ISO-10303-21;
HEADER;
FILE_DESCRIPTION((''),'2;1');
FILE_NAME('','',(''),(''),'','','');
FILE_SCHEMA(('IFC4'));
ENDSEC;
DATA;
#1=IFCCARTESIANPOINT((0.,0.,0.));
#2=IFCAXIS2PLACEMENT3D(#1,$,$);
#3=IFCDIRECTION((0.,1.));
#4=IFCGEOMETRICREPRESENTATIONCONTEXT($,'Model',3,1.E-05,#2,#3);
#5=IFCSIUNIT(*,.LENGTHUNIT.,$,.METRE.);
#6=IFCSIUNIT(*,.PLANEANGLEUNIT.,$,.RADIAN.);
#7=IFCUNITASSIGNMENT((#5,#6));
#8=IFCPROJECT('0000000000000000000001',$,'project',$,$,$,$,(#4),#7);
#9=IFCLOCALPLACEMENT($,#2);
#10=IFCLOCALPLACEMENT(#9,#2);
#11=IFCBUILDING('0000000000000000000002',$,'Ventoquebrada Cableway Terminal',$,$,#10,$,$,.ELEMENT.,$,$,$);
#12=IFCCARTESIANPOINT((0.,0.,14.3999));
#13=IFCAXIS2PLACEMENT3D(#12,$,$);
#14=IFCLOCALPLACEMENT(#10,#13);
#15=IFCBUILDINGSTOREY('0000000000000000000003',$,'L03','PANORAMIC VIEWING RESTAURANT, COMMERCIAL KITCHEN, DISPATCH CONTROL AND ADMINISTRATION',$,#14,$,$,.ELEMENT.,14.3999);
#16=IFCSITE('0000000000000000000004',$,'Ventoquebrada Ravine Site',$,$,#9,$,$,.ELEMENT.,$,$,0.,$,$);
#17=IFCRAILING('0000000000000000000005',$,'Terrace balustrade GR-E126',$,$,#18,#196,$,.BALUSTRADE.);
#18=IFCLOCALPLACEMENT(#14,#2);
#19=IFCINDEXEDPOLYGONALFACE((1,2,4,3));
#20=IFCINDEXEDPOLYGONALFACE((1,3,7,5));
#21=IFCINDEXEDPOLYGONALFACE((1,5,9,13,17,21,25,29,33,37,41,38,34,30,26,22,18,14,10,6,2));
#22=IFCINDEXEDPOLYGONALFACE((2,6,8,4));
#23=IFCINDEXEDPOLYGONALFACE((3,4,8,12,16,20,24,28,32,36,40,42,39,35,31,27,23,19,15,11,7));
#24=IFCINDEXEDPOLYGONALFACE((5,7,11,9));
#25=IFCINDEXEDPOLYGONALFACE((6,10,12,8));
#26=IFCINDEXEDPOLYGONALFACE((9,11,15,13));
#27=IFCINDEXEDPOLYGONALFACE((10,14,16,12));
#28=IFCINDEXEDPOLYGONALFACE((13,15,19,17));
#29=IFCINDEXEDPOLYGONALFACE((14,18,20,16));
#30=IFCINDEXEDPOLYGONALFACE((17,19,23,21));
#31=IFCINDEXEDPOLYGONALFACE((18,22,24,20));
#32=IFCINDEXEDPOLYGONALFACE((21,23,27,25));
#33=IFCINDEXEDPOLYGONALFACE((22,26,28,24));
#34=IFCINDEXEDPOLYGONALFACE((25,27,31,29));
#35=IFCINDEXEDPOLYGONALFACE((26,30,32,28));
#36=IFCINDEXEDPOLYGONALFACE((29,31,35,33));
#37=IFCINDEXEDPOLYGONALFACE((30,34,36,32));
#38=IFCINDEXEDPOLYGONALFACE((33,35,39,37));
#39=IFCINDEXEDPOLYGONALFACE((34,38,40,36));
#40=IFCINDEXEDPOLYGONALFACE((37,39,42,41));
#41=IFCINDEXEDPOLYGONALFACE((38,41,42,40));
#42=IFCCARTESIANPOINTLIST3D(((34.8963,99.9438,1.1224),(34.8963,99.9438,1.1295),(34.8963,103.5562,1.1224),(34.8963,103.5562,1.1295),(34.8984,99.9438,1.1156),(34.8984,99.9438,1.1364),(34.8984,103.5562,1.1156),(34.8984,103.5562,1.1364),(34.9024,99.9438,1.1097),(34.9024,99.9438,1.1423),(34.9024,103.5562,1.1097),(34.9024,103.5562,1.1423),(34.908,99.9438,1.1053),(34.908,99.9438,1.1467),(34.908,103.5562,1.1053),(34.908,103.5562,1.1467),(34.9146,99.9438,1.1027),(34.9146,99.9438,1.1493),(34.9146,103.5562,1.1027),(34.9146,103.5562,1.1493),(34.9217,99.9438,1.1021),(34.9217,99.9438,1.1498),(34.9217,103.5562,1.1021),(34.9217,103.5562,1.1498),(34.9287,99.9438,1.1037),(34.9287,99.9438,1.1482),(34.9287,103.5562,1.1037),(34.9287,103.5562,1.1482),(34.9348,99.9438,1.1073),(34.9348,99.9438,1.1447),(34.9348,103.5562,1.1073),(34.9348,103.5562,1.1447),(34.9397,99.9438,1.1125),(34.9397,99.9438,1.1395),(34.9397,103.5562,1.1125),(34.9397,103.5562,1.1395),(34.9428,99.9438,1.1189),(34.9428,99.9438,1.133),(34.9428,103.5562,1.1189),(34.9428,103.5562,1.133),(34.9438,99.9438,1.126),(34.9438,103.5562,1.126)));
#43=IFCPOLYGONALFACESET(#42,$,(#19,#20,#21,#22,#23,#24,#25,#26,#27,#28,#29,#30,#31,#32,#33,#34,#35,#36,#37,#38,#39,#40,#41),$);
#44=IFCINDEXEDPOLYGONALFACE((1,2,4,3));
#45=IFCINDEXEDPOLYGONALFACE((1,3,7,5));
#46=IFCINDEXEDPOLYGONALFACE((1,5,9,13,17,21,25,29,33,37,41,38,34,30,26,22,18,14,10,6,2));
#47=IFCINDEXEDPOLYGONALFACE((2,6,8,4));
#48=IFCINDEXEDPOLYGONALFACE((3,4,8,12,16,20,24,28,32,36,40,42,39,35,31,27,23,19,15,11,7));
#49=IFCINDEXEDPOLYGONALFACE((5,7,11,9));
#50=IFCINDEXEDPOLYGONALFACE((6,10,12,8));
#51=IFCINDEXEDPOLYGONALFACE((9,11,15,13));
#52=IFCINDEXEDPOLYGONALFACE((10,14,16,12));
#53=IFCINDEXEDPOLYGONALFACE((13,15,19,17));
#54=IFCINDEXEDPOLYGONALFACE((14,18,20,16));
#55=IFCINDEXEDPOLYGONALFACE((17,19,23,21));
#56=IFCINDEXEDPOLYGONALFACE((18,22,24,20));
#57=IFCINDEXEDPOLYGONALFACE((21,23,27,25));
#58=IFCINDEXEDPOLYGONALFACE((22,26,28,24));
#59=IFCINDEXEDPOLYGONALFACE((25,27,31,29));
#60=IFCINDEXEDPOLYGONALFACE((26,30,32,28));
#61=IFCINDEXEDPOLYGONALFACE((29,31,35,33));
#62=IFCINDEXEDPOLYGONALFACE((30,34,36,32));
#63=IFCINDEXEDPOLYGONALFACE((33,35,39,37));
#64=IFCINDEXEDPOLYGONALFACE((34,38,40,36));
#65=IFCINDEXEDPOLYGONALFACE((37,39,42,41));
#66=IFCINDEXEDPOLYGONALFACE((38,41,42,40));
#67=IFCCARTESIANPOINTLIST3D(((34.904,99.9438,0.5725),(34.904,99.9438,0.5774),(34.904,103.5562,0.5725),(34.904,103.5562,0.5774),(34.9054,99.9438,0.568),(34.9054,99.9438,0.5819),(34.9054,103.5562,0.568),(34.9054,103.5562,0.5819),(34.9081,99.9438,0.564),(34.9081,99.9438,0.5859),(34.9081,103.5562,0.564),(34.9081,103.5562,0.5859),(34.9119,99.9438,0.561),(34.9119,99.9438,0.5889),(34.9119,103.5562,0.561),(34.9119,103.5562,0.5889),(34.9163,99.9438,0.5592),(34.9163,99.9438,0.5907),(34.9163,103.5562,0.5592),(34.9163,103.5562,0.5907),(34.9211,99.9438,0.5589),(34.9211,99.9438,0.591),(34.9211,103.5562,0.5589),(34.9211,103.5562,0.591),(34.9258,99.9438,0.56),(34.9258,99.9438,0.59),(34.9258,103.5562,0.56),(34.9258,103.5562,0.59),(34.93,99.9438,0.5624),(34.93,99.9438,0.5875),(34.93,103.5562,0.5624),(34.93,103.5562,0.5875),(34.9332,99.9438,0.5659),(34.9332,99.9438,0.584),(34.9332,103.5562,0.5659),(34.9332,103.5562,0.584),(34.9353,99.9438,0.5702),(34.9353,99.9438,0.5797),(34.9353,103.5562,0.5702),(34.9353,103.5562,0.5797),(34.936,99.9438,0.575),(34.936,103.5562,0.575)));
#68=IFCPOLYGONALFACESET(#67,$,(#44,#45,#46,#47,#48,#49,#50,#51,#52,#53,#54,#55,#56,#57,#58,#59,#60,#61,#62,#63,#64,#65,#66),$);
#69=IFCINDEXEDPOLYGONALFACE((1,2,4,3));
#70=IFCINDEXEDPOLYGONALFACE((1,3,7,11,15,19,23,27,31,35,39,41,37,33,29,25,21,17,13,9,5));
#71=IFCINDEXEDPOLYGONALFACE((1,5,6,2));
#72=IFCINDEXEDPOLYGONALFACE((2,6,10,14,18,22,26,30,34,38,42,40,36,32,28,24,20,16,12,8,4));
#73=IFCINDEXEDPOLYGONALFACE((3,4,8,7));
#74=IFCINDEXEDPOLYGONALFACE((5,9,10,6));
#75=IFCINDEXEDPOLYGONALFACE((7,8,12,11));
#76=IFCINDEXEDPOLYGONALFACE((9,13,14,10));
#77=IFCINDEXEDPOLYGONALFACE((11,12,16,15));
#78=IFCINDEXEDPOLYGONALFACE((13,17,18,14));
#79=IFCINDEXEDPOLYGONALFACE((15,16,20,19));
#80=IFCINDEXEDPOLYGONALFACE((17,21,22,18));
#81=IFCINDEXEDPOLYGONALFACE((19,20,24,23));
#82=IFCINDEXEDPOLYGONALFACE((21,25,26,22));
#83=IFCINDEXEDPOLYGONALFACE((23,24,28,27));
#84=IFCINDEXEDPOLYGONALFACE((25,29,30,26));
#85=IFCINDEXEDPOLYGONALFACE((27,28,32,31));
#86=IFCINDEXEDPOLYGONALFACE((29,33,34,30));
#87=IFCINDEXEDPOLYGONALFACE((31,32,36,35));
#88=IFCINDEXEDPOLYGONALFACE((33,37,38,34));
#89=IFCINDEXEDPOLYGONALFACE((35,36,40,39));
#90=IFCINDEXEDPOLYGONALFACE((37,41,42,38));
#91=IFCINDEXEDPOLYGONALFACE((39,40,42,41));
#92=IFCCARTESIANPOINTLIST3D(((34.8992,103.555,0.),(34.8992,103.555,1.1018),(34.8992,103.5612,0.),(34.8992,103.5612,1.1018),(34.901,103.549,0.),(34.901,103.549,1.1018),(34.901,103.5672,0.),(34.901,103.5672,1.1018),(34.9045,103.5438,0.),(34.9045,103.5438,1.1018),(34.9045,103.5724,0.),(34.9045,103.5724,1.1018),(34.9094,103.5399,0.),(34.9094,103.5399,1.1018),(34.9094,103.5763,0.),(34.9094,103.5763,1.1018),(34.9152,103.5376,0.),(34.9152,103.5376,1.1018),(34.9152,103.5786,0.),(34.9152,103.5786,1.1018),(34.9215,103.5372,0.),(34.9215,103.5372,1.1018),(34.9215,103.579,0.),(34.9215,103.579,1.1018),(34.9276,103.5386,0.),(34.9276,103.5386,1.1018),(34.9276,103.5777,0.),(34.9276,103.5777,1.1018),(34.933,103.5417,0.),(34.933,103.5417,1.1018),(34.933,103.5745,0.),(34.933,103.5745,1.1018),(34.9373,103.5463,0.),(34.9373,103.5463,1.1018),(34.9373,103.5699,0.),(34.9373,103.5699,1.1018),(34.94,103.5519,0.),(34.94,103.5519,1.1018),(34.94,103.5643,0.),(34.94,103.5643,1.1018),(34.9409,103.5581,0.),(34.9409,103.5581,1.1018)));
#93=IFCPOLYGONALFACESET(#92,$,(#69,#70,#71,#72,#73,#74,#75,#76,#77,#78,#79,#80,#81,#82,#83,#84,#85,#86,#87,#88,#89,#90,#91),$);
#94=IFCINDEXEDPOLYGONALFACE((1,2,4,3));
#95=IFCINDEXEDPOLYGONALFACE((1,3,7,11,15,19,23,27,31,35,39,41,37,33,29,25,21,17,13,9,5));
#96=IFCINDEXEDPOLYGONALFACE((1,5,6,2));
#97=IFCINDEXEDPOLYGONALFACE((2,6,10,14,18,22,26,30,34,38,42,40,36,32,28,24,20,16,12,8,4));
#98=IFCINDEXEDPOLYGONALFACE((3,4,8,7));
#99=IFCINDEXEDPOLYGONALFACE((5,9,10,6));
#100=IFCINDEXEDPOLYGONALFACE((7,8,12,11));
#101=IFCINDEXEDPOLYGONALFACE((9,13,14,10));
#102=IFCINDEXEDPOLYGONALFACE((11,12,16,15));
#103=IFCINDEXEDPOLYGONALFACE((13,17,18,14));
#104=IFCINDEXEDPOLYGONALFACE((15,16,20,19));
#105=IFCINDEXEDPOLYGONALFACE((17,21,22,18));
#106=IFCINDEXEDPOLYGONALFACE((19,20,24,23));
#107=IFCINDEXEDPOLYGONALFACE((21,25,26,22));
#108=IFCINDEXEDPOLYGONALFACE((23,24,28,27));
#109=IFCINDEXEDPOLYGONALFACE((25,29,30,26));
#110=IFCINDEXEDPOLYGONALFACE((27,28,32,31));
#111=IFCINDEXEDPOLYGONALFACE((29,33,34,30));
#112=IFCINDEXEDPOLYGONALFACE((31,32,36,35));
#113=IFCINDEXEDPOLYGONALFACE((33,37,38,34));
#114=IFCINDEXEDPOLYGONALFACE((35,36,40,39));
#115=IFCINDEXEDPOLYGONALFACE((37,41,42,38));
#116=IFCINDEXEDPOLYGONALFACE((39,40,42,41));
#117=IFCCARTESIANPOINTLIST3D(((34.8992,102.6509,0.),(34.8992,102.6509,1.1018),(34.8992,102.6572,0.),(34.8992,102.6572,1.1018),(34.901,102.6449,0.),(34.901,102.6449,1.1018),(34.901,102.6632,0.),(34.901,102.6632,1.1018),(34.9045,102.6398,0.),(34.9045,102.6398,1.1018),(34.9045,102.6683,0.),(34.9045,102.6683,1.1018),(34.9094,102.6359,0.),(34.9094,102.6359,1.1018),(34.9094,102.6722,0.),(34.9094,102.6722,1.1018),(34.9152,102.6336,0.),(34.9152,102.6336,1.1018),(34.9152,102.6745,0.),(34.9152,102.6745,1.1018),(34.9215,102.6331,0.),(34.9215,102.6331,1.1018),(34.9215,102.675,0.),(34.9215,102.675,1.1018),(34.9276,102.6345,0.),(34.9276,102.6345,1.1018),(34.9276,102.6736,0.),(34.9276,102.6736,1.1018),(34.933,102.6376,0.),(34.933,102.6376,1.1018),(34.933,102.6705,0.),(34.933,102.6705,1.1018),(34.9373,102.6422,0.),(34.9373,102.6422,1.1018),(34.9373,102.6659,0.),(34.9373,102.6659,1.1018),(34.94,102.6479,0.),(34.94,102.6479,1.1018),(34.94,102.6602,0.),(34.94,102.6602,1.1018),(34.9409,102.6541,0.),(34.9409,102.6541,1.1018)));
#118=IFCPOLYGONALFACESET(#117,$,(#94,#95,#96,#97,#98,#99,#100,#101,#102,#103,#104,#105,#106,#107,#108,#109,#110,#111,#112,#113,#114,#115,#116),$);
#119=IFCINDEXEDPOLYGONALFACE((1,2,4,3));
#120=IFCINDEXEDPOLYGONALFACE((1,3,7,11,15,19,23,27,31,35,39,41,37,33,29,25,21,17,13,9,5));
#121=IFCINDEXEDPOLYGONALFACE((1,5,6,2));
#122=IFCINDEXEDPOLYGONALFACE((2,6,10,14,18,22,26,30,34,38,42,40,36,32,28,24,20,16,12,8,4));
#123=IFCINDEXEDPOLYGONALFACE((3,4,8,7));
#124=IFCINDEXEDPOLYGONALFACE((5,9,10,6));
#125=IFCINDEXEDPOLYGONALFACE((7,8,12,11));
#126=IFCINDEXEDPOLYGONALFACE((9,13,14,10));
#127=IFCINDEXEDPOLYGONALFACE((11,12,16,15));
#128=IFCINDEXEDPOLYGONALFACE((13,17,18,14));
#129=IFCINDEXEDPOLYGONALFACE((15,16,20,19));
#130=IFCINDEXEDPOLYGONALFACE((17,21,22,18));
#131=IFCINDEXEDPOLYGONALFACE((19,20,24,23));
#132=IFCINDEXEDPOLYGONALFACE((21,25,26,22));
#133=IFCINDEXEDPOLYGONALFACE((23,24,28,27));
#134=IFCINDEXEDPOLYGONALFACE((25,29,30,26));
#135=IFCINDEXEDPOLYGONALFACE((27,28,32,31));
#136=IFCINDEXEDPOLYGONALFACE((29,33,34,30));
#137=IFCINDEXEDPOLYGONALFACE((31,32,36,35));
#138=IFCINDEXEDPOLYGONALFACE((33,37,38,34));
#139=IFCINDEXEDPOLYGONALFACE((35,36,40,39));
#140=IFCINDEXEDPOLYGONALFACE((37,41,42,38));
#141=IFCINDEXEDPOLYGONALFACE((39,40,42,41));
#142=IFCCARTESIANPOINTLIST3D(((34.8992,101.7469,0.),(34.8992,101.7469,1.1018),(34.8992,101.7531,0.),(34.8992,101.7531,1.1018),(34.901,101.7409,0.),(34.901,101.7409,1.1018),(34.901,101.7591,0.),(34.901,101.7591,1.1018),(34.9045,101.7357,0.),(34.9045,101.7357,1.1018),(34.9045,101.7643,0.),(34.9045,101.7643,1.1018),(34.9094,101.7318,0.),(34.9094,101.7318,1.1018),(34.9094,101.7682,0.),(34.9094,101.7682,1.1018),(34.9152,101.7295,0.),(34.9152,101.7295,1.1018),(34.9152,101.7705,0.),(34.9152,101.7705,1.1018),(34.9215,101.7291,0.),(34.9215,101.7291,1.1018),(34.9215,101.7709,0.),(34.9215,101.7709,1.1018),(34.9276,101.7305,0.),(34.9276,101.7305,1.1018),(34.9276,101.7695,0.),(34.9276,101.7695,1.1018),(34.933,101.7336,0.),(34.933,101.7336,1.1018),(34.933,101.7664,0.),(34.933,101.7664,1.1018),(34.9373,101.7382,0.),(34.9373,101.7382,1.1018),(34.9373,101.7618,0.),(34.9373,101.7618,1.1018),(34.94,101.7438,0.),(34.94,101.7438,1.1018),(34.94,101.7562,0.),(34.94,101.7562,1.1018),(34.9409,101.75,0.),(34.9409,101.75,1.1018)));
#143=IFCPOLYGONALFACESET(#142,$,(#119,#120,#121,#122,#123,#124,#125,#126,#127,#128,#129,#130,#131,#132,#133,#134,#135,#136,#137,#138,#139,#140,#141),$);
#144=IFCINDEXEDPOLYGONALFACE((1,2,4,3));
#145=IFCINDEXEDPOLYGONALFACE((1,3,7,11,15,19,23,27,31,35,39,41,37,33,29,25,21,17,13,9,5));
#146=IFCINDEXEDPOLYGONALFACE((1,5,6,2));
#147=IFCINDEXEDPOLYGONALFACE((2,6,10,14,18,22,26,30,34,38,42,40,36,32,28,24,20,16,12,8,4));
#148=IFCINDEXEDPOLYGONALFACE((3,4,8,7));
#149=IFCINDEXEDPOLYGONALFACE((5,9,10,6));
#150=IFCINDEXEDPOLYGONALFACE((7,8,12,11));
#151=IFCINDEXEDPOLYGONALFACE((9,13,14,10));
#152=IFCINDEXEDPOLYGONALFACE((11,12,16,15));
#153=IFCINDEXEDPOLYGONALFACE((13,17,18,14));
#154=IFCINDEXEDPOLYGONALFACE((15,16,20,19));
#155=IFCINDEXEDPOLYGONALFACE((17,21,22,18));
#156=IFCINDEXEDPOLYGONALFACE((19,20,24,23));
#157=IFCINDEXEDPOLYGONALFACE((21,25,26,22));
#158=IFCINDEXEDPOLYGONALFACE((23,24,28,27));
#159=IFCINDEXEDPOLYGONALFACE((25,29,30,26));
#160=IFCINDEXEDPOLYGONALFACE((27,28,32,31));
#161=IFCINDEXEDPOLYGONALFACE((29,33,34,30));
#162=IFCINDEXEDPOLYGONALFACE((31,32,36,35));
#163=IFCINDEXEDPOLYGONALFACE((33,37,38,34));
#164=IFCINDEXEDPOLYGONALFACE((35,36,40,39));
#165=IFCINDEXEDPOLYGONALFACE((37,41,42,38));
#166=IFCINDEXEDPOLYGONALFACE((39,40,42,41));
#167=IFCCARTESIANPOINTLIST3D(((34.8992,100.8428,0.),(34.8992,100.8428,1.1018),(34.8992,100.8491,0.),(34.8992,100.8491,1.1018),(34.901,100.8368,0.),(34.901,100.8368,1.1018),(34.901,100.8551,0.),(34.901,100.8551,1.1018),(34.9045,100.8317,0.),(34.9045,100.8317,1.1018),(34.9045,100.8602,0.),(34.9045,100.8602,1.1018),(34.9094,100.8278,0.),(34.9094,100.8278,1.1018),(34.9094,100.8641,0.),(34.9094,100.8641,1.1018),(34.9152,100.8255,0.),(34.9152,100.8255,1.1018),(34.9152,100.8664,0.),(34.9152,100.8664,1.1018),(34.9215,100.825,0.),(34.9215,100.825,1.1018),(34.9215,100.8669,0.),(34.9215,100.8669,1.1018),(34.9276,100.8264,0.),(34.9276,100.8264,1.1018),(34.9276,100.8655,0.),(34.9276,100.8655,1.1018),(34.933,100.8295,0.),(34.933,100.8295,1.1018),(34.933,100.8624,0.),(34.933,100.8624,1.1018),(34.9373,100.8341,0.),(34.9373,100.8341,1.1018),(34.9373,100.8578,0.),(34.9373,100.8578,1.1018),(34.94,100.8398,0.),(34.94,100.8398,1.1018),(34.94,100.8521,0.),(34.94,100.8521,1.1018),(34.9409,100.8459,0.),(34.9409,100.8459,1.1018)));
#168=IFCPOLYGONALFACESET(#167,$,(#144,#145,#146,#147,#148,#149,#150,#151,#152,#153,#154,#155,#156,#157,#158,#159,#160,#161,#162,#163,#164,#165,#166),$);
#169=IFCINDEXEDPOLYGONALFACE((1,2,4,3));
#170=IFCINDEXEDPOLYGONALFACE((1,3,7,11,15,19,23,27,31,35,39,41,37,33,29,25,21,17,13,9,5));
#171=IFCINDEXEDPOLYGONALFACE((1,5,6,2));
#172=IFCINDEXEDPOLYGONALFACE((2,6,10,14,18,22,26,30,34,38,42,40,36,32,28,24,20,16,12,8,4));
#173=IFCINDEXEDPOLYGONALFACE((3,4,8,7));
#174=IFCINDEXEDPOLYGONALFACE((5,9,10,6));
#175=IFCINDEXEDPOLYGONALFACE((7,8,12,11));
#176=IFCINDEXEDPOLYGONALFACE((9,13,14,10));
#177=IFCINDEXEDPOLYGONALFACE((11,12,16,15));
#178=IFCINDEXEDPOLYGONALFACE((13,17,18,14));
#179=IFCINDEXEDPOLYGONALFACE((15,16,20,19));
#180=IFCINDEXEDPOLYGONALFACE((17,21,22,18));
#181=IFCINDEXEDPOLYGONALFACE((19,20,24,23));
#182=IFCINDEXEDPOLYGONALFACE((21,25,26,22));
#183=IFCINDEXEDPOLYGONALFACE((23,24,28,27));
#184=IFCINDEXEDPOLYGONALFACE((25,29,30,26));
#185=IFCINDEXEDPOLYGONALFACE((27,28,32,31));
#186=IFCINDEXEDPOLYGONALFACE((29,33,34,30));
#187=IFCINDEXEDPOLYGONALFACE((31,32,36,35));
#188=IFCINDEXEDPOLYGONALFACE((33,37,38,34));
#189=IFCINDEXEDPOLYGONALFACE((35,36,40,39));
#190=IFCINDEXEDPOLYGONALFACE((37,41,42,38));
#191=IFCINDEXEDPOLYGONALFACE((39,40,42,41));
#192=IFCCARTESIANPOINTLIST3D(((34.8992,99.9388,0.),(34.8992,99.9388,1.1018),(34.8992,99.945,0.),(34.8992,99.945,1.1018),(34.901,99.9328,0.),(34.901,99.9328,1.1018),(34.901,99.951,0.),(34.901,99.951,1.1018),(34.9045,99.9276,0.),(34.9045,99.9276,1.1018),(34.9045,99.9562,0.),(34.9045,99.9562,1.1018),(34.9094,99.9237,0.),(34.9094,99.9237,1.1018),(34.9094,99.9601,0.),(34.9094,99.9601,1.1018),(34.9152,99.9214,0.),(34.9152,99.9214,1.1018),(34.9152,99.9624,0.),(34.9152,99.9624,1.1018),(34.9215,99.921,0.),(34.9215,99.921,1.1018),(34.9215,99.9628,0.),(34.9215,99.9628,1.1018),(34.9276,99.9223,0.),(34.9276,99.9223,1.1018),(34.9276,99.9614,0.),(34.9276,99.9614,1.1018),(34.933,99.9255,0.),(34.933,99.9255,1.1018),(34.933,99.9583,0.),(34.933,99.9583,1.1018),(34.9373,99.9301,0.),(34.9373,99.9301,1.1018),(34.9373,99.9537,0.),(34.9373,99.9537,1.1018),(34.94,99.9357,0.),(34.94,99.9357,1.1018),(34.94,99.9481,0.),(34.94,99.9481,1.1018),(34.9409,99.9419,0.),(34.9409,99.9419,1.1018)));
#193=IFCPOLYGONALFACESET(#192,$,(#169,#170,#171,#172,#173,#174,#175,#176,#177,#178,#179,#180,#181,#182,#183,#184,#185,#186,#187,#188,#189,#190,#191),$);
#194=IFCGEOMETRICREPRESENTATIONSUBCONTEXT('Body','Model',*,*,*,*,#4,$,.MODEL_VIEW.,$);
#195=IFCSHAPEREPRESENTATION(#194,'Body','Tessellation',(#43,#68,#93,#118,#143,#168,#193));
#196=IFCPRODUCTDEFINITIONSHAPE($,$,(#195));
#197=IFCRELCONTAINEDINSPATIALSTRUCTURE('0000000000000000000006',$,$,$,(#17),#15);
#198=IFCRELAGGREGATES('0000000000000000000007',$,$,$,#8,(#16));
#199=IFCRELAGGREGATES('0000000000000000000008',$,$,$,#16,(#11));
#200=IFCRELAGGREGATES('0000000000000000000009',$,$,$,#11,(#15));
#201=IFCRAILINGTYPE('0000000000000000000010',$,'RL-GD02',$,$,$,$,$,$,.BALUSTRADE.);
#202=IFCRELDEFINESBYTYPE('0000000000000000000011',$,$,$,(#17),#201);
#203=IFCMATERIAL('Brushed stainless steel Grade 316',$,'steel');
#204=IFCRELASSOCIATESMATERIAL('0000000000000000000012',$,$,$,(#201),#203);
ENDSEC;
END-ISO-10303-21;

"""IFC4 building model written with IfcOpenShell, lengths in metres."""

from ifc_helpers import new_model, si_unit, direction, frame, origin, origin_2d, place, context, subcontext, project, spatial, circle, extrude, material, type_object, element, save


model = new_model("IFC4")

# Units and contexts
model_context = context("Model", 3, precision=1e-05, world=origin(), true_north=direction((0.0, 1.0)))
body_context = subcontext(model_context, "Body", "Model", "MODEL_VIEW")
ifc_project = project(units=[si_unit("LENGTHUNIT", "METRE"), si_unit("PLANEANGLEUNIT", "RADIAN")], contexts=[model_context])

# Site, building, storey
site_placement = place(None, origin())
site = spatial("IfcSite", under=ifc_project, at=site_placement, Name="Ventoquebrada Ravine Site", CompositionType="ELEMENT", RefElevation=0.0)
building_placement = place(site_placement, origin())
building = spatial("IfcBuilding", under=site, at=building_placement, Name="Ventoquebrada Cableway Terminal", CompositionType="ELEMENT")
storey_placement = place(building_placement, frame((0.0, 0.0, 14.3999)))
storey = spatial("IfcBuildingStorey", under=building, at=storey_placement, Name="L03", Description="PANORAMIC VIEWING RESTAURANT, COMMERCIAL KITCHEN, DISPATCH CONTROL AND ADMINISTRATION", CompositionType="ELEMENT", Elevation=14.3999)

# Railing
ifc_material_1 = material(Name="Brushed stainless steel Grade 316", Category="steel")
railing_type = type_object("IfcRailingType", Name="RL-GD02", PredefinedType="BALUSTRADE", material=ifc_material_1)
for number, where, name in (
    (1, (34.9199, 103.5581, 0.0), "Terrace balustrade GR-E126"),
):
    element("IfcRailing", number, at=place(storey_placement, frame(where)), inside=storey, type_object=railing_type, Name=name, PredefinedType="BALUSTRADE", context=body_context, shape_type="SweptSolid", body=[
        extrude(circle(Radius=0.0239, at=origin_2d()), frame((0.0, -0.002, 1.126), z_axis=(0.0, -1.0, 0.0), x_axis=(1.0, 0.0, 0.0)), (0.0, 0.0, 1.0), 3.6123),
        extrude(circle(Radius=0.0161, at=origin_2d()), frame((0.0, -0.002, 0.575), z_axis=(0.0, -1.0, 0.0), x_axis=(1.0, 0.0, 0.0)), (0.0, 0.0, 1.0), 3.6123),
        extrude(circle(Radius=0.021, at=origin_2d()), origin(), (0.0, 0.0, 1.0), 1.1018),
        extrude(circle(Radius=0.021, at=origin_2d()), frame((0.0, -0.9041, 0.0)), (0.0, 0.0, 1.0), 1.1018),
        extrude(circle(Radius=0.021, at=origin_2d()), frame((0.0, -1.8081, 0.0)), (0.0, 0.0, 1.0), 1.1018),
        extrude(circle(Radius=0.021, at=origin_2d()), frame((0.0, -2.7122, 0.0)), (0.0, 0.0, 1.0), 1.1018),
        extrude(circle(Radius=0.021, at=origin_2d()), frame((0.0, -3.6162, 0.0)), (0.0, 0.0, 1.0), 1.1018),
    ])

save(model, "model.ifc")
